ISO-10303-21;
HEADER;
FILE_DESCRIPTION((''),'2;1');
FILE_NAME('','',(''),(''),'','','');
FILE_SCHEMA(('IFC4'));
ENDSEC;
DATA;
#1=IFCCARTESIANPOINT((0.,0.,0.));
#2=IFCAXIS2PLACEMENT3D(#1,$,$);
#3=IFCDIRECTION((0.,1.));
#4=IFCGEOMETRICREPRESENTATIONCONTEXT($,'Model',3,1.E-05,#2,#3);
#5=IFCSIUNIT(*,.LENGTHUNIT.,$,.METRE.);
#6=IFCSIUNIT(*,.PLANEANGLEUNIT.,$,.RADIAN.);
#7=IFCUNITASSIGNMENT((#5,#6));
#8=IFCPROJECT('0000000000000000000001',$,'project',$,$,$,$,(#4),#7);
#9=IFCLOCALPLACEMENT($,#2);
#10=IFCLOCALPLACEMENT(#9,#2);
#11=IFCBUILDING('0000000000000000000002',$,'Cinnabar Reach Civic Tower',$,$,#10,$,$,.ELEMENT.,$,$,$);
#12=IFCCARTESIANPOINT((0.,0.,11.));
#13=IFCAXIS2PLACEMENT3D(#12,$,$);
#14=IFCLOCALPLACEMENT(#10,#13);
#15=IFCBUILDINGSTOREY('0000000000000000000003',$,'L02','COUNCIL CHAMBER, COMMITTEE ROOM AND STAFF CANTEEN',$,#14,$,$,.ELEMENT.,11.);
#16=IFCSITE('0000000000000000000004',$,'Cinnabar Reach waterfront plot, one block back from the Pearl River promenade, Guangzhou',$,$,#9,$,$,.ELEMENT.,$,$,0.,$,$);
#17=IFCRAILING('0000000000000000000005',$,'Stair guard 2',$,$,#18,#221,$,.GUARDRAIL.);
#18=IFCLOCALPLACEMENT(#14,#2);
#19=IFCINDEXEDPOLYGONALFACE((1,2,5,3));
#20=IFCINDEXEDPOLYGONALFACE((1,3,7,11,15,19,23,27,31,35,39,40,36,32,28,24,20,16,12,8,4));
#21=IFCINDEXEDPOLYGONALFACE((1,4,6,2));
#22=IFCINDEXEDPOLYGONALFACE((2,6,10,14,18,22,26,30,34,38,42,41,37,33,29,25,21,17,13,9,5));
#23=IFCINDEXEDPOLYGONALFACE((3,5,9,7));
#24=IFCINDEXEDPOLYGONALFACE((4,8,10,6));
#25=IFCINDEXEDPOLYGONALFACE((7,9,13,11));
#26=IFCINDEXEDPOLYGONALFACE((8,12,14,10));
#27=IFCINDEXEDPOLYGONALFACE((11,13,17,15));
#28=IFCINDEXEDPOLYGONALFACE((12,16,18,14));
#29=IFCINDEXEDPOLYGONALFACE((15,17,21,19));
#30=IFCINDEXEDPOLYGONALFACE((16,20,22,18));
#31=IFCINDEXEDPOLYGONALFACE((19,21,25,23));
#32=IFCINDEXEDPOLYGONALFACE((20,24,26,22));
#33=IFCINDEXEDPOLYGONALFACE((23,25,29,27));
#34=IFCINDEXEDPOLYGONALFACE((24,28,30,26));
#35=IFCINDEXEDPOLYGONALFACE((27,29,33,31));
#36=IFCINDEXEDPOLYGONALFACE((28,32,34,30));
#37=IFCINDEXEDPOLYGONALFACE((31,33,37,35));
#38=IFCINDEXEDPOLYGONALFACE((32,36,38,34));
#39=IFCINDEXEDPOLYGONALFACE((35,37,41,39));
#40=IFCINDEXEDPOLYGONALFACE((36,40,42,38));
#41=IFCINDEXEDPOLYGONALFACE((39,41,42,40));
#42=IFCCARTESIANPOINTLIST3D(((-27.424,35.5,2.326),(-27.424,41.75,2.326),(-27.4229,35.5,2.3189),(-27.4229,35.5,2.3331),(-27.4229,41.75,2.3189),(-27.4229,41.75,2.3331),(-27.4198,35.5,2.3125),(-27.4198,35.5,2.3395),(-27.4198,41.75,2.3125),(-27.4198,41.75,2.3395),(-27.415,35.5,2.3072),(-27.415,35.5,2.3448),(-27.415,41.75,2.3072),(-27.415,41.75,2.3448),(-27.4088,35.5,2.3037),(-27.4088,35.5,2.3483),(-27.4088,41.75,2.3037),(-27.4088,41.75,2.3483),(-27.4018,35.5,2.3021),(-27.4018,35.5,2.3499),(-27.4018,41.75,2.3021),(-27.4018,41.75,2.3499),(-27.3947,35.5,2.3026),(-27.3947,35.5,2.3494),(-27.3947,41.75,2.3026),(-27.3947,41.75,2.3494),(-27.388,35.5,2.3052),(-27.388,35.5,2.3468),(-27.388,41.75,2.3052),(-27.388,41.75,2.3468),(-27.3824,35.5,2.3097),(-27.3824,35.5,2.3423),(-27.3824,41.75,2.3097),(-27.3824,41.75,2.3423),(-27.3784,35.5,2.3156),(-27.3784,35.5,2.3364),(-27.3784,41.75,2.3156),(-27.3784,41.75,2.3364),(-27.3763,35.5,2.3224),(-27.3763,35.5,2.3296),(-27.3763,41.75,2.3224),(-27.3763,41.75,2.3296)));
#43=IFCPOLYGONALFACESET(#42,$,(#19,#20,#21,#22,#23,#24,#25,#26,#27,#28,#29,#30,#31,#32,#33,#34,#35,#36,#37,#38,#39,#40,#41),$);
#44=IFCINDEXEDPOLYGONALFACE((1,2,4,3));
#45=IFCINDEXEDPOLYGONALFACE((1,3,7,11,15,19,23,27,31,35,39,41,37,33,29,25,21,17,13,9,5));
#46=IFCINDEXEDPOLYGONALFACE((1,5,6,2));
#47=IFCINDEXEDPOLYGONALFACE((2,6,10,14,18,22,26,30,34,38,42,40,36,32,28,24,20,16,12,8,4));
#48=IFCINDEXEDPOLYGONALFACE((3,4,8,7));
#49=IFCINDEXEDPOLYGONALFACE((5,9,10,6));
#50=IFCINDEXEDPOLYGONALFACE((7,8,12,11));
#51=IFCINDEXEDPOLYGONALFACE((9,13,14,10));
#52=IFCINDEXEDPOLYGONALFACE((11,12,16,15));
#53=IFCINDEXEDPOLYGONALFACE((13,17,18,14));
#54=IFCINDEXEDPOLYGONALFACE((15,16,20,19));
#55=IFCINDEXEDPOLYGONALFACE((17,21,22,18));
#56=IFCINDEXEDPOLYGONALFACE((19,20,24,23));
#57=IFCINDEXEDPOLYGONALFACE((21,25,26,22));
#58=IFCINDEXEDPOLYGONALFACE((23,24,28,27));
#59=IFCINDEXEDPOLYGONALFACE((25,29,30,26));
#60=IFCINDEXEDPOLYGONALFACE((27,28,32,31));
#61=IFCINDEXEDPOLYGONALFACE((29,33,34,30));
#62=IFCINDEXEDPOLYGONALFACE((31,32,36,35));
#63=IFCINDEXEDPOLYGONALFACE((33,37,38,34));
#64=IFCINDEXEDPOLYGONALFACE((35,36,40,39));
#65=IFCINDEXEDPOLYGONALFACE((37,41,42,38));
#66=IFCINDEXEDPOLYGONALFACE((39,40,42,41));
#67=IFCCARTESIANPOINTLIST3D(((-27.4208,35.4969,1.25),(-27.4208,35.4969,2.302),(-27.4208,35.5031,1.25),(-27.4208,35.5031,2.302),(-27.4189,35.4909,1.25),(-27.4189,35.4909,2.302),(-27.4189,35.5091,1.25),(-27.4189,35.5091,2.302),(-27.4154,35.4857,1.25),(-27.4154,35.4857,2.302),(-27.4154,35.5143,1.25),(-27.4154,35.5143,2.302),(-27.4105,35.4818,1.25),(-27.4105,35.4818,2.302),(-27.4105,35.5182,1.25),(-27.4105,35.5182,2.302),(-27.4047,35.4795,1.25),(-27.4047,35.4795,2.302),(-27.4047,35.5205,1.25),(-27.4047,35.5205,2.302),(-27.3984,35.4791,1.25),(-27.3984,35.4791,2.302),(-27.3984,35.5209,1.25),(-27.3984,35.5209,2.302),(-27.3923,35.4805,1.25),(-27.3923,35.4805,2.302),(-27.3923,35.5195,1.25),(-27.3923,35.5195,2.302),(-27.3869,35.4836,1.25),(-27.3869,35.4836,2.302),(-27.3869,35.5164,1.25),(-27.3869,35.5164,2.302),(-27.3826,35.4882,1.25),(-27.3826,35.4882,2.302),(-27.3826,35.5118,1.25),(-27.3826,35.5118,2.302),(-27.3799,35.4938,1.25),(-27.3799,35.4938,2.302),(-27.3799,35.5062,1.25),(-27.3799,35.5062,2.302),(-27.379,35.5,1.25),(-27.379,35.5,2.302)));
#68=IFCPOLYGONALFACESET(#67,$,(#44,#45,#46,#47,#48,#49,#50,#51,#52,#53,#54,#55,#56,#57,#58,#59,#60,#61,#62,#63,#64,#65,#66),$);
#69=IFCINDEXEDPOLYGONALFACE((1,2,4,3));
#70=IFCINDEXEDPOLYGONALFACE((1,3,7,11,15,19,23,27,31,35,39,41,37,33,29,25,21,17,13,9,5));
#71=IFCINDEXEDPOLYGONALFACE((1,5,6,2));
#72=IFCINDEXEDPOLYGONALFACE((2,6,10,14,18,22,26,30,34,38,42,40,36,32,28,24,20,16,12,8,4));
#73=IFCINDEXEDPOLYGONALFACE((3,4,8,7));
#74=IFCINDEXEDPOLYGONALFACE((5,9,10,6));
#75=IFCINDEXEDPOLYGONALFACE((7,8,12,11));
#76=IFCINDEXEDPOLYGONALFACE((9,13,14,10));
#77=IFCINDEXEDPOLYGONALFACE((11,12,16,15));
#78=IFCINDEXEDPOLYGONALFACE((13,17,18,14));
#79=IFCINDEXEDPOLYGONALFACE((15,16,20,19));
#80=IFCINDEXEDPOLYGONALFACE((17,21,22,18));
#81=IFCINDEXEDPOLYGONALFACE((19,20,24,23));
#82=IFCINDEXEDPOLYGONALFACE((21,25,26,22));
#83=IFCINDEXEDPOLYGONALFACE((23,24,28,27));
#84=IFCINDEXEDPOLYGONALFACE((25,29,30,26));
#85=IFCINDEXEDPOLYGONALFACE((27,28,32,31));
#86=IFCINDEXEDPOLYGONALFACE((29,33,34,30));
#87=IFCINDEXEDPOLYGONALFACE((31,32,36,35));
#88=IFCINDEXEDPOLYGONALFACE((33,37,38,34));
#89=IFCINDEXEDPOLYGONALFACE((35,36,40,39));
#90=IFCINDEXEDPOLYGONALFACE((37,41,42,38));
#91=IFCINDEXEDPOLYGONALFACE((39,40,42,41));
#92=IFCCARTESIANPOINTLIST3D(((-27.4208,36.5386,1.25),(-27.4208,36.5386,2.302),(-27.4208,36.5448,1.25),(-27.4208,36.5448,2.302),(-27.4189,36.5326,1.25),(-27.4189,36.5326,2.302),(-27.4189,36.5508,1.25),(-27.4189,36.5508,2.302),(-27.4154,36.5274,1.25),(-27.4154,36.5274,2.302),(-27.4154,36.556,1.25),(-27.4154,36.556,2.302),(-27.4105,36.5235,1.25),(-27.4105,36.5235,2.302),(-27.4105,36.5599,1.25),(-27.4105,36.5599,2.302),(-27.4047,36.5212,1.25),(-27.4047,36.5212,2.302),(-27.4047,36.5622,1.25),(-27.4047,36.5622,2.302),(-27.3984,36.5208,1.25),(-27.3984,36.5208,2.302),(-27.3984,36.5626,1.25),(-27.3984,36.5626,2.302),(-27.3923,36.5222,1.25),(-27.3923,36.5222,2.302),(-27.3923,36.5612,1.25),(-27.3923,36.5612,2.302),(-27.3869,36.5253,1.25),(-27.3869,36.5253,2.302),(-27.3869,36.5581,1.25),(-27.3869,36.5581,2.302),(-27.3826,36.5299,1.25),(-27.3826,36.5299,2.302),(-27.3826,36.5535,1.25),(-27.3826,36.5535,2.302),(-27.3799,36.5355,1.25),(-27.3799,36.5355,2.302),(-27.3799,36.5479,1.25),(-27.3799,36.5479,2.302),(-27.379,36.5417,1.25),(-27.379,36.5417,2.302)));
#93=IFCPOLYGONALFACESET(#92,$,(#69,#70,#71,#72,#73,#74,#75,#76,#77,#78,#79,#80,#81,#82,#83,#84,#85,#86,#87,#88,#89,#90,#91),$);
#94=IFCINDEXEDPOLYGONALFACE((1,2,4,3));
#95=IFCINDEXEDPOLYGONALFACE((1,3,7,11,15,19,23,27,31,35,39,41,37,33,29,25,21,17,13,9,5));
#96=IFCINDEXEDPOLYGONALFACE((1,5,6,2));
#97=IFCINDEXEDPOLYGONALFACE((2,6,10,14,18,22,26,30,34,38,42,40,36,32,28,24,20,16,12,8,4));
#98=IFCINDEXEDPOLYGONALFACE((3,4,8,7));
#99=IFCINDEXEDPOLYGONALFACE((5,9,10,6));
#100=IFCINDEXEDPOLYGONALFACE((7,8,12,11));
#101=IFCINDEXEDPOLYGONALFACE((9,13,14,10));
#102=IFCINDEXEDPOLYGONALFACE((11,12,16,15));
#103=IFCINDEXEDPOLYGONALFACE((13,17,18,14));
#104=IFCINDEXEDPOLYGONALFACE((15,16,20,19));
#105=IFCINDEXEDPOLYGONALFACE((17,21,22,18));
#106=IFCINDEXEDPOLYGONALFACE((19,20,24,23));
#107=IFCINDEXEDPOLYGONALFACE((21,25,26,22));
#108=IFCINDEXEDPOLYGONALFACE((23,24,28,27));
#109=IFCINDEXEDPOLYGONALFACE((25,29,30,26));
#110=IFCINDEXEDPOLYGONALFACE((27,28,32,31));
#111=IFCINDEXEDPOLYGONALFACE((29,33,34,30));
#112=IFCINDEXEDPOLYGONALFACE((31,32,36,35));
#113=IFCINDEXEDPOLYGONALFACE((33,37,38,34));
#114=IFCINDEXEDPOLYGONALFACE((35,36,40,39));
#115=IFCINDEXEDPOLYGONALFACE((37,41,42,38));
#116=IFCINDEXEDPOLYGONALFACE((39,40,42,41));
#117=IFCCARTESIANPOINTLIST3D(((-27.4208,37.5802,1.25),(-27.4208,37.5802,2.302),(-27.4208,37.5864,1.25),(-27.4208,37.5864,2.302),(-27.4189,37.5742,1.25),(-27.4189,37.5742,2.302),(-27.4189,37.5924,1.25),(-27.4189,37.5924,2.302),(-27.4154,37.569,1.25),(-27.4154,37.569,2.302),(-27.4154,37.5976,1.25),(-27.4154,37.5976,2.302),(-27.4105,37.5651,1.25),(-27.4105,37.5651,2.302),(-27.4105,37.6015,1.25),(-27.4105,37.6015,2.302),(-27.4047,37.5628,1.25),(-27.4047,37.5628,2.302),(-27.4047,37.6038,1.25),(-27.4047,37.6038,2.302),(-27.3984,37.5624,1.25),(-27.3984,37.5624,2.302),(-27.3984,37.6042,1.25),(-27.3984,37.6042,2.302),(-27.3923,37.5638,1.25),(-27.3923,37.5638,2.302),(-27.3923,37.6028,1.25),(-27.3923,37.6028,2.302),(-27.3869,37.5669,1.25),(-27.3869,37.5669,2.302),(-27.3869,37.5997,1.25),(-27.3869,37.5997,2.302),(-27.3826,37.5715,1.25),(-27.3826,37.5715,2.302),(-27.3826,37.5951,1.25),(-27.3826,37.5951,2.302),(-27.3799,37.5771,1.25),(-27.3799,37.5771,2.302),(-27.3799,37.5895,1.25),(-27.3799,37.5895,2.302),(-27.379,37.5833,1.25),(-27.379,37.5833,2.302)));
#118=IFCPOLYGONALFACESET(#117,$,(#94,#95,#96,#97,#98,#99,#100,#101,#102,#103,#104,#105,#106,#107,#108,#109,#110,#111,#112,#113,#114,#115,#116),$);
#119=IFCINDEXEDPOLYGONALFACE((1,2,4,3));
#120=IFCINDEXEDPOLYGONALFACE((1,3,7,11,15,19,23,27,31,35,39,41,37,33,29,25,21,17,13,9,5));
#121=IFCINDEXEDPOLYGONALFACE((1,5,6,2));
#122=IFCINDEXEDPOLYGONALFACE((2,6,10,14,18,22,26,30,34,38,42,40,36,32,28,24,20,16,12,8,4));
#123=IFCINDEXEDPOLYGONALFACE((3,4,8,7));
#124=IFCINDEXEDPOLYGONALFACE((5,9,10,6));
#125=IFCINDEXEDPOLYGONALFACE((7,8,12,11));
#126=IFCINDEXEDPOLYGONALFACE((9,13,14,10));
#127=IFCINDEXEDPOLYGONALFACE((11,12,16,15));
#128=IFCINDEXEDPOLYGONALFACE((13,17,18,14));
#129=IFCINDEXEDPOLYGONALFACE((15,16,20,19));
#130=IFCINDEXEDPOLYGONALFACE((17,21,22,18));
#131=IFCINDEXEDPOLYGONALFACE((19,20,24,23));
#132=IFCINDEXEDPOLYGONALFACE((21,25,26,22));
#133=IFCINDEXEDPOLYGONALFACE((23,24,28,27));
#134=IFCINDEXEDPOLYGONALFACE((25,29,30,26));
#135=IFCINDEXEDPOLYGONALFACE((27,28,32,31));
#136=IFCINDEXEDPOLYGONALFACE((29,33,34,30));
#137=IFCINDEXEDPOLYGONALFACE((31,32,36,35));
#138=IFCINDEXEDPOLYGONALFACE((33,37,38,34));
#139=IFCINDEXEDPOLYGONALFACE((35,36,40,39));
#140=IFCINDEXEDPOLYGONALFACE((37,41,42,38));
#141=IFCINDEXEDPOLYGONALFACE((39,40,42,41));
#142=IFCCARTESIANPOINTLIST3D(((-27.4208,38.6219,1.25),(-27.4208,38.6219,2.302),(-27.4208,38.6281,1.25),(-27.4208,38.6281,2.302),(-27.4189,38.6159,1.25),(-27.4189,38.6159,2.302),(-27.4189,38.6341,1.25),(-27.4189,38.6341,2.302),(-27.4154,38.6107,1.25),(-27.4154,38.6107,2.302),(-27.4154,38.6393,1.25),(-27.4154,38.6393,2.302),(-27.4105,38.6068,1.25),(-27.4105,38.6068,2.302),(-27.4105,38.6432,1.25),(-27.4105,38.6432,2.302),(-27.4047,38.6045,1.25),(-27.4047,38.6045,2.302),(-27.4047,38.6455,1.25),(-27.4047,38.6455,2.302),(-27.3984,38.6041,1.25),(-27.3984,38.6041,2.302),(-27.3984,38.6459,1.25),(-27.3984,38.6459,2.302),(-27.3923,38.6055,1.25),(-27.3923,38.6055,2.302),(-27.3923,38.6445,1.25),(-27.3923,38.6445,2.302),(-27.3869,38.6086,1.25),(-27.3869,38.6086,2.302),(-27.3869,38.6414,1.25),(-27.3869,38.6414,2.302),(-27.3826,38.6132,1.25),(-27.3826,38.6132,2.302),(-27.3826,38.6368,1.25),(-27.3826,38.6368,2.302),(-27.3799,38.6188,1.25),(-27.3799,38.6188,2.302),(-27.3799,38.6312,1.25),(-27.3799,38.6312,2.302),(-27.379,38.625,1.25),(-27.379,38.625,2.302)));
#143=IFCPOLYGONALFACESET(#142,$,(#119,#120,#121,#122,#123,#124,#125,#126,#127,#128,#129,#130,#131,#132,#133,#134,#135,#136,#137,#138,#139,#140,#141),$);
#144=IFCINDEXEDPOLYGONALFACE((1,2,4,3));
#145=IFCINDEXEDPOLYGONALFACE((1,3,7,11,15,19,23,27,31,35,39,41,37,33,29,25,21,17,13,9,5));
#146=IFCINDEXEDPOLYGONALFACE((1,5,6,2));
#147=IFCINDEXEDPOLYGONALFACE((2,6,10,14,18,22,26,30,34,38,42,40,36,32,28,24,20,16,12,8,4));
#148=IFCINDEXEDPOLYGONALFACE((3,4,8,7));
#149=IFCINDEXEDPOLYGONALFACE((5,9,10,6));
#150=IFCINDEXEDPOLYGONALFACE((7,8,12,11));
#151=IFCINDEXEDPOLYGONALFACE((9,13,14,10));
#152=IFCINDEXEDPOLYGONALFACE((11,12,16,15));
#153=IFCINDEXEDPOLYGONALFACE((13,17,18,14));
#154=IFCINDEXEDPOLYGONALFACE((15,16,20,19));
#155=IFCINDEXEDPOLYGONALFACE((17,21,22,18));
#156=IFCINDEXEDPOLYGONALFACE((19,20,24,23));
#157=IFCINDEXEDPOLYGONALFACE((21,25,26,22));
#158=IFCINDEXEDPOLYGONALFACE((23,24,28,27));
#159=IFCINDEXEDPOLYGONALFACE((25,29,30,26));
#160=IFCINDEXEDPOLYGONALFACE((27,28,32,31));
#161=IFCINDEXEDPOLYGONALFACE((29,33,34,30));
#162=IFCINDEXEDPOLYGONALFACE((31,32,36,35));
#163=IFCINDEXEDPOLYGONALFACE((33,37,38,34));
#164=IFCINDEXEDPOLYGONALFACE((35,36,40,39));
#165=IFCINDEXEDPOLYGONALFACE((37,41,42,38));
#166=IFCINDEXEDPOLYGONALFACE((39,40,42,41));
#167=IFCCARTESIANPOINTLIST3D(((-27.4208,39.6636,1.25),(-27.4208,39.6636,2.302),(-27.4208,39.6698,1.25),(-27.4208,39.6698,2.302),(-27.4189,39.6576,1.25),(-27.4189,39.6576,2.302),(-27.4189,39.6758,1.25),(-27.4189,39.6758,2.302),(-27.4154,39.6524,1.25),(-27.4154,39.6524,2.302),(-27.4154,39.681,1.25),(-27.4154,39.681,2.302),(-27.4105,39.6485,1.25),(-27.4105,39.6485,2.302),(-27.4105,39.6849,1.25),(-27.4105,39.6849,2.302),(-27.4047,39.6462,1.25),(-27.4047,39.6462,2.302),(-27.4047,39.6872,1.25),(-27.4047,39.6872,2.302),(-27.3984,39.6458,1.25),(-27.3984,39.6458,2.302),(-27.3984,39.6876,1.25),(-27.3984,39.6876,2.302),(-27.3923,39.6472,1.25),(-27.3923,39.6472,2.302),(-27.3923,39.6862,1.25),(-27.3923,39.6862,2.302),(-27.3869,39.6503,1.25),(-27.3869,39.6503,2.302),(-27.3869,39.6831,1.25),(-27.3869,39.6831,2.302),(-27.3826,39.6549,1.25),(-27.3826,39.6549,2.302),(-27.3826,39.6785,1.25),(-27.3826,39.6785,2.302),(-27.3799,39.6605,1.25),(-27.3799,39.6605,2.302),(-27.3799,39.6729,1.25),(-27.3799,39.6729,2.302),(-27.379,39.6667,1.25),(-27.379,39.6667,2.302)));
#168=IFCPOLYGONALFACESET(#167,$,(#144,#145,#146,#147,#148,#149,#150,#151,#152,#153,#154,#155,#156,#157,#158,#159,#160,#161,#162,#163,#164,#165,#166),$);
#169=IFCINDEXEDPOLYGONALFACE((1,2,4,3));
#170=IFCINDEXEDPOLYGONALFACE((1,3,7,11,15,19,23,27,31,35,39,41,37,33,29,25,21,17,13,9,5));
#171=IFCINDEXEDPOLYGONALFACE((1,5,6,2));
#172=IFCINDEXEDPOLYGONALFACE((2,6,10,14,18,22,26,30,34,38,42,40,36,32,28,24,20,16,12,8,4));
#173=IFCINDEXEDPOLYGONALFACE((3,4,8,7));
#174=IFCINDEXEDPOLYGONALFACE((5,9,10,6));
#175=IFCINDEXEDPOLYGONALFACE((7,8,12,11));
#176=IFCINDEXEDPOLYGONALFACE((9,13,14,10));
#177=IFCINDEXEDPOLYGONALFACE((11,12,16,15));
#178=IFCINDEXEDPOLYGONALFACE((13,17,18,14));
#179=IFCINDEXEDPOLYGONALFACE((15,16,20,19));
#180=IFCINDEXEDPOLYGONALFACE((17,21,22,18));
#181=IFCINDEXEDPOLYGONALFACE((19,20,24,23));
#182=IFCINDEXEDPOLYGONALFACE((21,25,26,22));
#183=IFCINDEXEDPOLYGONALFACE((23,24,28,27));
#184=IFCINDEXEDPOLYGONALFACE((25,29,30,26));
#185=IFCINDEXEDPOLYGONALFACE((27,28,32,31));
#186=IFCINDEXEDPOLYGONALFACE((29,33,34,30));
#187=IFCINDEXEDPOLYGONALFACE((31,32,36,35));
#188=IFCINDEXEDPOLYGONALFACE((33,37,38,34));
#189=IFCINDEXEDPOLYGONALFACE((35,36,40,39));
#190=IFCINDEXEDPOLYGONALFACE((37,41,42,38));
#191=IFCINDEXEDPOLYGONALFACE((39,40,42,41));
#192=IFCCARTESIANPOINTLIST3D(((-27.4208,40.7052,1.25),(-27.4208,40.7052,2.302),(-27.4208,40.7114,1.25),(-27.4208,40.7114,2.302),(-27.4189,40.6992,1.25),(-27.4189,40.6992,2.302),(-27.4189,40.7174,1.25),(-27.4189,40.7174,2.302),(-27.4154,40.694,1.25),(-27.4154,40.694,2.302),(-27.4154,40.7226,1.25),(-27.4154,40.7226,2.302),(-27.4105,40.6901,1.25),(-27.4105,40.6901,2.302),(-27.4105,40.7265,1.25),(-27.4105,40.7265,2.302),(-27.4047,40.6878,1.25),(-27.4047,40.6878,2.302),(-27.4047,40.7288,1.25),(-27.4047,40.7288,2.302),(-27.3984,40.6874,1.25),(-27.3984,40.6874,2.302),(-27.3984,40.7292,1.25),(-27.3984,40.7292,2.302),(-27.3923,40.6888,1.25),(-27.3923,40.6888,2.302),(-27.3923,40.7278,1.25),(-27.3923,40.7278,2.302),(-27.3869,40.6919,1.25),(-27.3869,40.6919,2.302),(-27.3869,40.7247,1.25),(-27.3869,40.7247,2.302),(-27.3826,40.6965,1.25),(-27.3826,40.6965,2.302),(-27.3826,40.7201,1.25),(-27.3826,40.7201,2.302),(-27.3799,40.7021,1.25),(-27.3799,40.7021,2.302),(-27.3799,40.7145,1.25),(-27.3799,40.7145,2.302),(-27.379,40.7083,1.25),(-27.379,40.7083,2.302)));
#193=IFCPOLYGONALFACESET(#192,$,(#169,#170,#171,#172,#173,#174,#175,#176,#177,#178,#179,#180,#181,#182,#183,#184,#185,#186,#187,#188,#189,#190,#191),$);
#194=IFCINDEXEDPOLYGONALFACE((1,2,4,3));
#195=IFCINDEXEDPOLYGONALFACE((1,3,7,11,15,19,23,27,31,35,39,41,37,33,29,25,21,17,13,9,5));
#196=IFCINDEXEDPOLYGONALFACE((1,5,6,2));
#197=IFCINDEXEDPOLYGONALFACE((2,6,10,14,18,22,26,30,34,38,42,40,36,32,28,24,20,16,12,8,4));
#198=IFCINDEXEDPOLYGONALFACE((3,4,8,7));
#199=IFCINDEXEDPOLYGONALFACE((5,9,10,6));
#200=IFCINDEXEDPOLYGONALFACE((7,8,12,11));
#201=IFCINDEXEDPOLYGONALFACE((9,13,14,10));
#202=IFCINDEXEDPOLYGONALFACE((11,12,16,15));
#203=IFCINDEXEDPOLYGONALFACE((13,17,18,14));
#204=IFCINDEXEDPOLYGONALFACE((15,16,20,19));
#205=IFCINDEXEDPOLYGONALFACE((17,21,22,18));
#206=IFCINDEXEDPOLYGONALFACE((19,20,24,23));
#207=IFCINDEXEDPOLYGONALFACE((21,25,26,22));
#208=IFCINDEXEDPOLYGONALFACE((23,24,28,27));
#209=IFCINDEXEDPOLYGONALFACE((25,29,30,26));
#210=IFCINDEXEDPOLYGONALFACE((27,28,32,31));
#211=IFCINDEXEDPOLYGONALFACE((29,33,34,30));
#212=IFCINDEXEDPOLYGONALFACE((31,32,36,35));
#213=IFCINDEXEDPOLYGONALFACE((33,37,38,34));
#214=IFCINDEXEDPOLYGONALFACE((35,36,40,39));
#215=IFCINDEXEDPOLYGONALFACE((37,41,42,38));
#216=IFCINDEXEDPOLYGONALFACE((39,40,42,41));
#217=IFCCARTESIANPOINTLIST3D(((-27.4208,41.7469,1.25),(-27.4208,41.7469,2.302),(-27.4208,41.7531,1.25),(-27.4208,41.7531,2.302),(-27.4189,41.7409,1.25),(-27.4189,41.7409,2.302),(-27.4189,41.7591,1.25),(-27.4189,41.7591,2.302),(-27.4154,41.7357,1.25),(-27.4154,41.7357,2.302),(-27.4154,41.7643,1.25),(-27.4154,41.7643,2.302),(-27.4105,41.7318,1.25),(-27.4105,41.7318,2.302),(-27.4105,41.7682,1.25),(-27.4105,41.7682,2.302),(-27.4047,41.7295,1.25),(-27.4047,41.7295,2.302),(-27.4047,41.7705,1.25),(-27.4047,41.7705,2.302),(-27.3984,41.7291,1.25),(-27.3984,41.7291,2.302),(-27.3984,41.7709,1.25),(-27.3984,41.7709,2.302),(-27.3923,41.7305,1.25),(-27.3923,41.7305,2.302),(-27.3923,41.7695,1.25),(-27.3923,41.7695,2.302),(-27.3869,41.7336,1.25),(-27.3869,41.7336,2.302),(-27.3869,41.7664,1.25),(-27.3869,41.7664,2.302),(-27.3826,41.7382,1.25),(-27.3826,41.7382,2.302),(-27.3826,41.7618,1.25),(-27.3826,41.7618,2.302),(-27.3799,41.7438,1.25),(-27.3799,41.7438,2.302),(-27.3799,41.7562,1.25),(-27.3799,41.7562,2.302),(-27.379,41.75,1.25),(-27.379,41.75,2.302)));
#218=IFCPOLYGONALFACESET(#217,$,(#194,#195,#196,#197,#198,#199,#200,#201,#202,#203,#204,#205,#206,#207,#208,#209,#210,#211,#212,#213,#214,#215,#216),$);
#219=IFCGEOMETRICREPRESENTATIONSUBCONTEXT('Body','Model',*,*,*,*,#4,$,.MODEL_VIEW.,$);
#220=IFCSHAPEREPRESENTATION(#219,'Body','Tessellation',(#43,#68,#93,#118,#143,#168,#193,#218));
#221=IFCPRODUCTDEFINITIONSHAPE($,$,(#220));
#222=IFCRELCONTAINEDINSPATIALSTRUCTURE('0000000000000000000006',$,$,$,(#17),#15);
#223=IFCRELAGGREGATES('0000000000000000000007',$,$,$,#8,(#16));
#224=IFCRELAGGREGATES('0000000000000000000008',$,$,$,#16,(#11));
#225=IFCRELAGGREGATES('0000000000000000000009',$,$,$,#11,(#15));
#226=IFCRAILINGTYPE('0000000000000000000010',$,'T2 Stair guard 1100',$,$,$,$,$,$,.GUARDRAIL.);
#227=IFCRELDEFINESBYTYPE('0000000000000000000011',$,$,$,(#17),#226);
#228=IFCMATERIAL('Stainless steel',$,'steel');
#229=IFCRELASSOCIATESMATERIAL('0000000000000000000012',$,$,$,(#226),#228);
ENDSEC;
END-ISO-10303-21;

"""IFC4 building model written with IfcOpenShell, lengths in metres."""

from ifc_helpers import new_model, si_unit, direction, frame, origin, origin_2d, place, context, subcontext, project, spatial, circle, extrude, material, type_object, element, save


model = new_model("IFC4")

# Units and contexts
model_context = context("Model", 3, precision=1e-05, world=origin(), true_north=direction((0.0, 1.0)))
body_context = subcontext(model_context, "Body", "Model", "MODEL_VIEW")
ifc_project = project(units=[si_unit("LENGTHUNIT", "METRE"), si_unit("PLANEANGLEUNIT", "RADIAN")], contexts=[model_context])

# Site, building, storey
site_placement = place(None, origin())
site = spatial("IfcSite", under=ifc_project, at=site_placement, Name="Cinnabar Reach waterfront plot, one block back from the Pearl River promenade, Guangzhou", CompositionType="ELEMENT", RefElevation=0.0)
building_placement = place(site_placement, origin())
building = spatial("IfcBuilding", under=site, at=building_placement, Name="Cinnabar Reach Civic Tower", CompositionType="ELEMENT")
storey_placement = place(building_placement, frame((0.0, 0.0, 11.0)))
storey = spatial("IfcBuildingStorey", under=building, at=storey_placement, Name="L02", Description="COUNCIL CHAMBER, COMMITTEE ROOM AND STAFF CANTEEN", CompositionType="ELEMENT", Elevation=11.0)

# Railing
ifc_material_1 = material(Name="Stainless steel", Category="steel")
railing_type = type_object("IfcRailingType", Name="T2 Stair guard 1100", PredefinedType="GUARDRAIL", material=ifc_material_1)
for number, where, name in (
    (1, (-27.4, 35.5, 1.25), "Stair guard 2"),
):
    element("IfcRailing", number, at=place(storey_placement, frame(where)), inside=storey, type_object=railing_type, Name=name, PredefinedType="GUARDRAIL", context=body_context, shape_type="SweptSolid", body=[
        extrude(circle(Radius=0.024, at=origin_2d()), frame((0.0, 0.0, 1.076), z_axis=(0.0, 1.0, 0.0), x_axis=(-1.0, 0.0, 0.0)), (0.0, 0.0, 1.0), 6.25),
        extrude(circle(Radius=0.021, at=origin_2d()), origin(), (0.0, 0.0, 1.0), 1.052),
        extrude(circle(Radius=0.021, at=origin_2d()), frame((0.0, 1.0417, 0.0)), (0.0, 0.0, 1.0), 1.052),
        extrude(circle(Radius=0.021, at=origin_2d()), frame((0.0, 2.0833, 0.0)), (0.0, 0.0, 1.0), 1.052),
        extrude(circle(Radius=0.021, at=origin_2d()), frame((0.0, 3.125, 0.0)), (0.0, 0.0, 1.0), 1.052),
        extrude(circle(Radius=0.021, at=origin_2d()), frame((0.0, 4.1667, 0.0)), (0.0, 0.0, 1.0), 1.052),
        extrude(circle(Radius=0.021, at=origin_2d()), frame((0.0, 5.2083, 0.0)), (0.0, 0.0, 1.0), 1.052),
        extrude(circle(Radius=0.021, at=origin_2d()), frame((0.0, 6.25, 0.0)), (0.0, 0.0, 1.0), 1.052),
    ])

save(model, "model.ifc")
